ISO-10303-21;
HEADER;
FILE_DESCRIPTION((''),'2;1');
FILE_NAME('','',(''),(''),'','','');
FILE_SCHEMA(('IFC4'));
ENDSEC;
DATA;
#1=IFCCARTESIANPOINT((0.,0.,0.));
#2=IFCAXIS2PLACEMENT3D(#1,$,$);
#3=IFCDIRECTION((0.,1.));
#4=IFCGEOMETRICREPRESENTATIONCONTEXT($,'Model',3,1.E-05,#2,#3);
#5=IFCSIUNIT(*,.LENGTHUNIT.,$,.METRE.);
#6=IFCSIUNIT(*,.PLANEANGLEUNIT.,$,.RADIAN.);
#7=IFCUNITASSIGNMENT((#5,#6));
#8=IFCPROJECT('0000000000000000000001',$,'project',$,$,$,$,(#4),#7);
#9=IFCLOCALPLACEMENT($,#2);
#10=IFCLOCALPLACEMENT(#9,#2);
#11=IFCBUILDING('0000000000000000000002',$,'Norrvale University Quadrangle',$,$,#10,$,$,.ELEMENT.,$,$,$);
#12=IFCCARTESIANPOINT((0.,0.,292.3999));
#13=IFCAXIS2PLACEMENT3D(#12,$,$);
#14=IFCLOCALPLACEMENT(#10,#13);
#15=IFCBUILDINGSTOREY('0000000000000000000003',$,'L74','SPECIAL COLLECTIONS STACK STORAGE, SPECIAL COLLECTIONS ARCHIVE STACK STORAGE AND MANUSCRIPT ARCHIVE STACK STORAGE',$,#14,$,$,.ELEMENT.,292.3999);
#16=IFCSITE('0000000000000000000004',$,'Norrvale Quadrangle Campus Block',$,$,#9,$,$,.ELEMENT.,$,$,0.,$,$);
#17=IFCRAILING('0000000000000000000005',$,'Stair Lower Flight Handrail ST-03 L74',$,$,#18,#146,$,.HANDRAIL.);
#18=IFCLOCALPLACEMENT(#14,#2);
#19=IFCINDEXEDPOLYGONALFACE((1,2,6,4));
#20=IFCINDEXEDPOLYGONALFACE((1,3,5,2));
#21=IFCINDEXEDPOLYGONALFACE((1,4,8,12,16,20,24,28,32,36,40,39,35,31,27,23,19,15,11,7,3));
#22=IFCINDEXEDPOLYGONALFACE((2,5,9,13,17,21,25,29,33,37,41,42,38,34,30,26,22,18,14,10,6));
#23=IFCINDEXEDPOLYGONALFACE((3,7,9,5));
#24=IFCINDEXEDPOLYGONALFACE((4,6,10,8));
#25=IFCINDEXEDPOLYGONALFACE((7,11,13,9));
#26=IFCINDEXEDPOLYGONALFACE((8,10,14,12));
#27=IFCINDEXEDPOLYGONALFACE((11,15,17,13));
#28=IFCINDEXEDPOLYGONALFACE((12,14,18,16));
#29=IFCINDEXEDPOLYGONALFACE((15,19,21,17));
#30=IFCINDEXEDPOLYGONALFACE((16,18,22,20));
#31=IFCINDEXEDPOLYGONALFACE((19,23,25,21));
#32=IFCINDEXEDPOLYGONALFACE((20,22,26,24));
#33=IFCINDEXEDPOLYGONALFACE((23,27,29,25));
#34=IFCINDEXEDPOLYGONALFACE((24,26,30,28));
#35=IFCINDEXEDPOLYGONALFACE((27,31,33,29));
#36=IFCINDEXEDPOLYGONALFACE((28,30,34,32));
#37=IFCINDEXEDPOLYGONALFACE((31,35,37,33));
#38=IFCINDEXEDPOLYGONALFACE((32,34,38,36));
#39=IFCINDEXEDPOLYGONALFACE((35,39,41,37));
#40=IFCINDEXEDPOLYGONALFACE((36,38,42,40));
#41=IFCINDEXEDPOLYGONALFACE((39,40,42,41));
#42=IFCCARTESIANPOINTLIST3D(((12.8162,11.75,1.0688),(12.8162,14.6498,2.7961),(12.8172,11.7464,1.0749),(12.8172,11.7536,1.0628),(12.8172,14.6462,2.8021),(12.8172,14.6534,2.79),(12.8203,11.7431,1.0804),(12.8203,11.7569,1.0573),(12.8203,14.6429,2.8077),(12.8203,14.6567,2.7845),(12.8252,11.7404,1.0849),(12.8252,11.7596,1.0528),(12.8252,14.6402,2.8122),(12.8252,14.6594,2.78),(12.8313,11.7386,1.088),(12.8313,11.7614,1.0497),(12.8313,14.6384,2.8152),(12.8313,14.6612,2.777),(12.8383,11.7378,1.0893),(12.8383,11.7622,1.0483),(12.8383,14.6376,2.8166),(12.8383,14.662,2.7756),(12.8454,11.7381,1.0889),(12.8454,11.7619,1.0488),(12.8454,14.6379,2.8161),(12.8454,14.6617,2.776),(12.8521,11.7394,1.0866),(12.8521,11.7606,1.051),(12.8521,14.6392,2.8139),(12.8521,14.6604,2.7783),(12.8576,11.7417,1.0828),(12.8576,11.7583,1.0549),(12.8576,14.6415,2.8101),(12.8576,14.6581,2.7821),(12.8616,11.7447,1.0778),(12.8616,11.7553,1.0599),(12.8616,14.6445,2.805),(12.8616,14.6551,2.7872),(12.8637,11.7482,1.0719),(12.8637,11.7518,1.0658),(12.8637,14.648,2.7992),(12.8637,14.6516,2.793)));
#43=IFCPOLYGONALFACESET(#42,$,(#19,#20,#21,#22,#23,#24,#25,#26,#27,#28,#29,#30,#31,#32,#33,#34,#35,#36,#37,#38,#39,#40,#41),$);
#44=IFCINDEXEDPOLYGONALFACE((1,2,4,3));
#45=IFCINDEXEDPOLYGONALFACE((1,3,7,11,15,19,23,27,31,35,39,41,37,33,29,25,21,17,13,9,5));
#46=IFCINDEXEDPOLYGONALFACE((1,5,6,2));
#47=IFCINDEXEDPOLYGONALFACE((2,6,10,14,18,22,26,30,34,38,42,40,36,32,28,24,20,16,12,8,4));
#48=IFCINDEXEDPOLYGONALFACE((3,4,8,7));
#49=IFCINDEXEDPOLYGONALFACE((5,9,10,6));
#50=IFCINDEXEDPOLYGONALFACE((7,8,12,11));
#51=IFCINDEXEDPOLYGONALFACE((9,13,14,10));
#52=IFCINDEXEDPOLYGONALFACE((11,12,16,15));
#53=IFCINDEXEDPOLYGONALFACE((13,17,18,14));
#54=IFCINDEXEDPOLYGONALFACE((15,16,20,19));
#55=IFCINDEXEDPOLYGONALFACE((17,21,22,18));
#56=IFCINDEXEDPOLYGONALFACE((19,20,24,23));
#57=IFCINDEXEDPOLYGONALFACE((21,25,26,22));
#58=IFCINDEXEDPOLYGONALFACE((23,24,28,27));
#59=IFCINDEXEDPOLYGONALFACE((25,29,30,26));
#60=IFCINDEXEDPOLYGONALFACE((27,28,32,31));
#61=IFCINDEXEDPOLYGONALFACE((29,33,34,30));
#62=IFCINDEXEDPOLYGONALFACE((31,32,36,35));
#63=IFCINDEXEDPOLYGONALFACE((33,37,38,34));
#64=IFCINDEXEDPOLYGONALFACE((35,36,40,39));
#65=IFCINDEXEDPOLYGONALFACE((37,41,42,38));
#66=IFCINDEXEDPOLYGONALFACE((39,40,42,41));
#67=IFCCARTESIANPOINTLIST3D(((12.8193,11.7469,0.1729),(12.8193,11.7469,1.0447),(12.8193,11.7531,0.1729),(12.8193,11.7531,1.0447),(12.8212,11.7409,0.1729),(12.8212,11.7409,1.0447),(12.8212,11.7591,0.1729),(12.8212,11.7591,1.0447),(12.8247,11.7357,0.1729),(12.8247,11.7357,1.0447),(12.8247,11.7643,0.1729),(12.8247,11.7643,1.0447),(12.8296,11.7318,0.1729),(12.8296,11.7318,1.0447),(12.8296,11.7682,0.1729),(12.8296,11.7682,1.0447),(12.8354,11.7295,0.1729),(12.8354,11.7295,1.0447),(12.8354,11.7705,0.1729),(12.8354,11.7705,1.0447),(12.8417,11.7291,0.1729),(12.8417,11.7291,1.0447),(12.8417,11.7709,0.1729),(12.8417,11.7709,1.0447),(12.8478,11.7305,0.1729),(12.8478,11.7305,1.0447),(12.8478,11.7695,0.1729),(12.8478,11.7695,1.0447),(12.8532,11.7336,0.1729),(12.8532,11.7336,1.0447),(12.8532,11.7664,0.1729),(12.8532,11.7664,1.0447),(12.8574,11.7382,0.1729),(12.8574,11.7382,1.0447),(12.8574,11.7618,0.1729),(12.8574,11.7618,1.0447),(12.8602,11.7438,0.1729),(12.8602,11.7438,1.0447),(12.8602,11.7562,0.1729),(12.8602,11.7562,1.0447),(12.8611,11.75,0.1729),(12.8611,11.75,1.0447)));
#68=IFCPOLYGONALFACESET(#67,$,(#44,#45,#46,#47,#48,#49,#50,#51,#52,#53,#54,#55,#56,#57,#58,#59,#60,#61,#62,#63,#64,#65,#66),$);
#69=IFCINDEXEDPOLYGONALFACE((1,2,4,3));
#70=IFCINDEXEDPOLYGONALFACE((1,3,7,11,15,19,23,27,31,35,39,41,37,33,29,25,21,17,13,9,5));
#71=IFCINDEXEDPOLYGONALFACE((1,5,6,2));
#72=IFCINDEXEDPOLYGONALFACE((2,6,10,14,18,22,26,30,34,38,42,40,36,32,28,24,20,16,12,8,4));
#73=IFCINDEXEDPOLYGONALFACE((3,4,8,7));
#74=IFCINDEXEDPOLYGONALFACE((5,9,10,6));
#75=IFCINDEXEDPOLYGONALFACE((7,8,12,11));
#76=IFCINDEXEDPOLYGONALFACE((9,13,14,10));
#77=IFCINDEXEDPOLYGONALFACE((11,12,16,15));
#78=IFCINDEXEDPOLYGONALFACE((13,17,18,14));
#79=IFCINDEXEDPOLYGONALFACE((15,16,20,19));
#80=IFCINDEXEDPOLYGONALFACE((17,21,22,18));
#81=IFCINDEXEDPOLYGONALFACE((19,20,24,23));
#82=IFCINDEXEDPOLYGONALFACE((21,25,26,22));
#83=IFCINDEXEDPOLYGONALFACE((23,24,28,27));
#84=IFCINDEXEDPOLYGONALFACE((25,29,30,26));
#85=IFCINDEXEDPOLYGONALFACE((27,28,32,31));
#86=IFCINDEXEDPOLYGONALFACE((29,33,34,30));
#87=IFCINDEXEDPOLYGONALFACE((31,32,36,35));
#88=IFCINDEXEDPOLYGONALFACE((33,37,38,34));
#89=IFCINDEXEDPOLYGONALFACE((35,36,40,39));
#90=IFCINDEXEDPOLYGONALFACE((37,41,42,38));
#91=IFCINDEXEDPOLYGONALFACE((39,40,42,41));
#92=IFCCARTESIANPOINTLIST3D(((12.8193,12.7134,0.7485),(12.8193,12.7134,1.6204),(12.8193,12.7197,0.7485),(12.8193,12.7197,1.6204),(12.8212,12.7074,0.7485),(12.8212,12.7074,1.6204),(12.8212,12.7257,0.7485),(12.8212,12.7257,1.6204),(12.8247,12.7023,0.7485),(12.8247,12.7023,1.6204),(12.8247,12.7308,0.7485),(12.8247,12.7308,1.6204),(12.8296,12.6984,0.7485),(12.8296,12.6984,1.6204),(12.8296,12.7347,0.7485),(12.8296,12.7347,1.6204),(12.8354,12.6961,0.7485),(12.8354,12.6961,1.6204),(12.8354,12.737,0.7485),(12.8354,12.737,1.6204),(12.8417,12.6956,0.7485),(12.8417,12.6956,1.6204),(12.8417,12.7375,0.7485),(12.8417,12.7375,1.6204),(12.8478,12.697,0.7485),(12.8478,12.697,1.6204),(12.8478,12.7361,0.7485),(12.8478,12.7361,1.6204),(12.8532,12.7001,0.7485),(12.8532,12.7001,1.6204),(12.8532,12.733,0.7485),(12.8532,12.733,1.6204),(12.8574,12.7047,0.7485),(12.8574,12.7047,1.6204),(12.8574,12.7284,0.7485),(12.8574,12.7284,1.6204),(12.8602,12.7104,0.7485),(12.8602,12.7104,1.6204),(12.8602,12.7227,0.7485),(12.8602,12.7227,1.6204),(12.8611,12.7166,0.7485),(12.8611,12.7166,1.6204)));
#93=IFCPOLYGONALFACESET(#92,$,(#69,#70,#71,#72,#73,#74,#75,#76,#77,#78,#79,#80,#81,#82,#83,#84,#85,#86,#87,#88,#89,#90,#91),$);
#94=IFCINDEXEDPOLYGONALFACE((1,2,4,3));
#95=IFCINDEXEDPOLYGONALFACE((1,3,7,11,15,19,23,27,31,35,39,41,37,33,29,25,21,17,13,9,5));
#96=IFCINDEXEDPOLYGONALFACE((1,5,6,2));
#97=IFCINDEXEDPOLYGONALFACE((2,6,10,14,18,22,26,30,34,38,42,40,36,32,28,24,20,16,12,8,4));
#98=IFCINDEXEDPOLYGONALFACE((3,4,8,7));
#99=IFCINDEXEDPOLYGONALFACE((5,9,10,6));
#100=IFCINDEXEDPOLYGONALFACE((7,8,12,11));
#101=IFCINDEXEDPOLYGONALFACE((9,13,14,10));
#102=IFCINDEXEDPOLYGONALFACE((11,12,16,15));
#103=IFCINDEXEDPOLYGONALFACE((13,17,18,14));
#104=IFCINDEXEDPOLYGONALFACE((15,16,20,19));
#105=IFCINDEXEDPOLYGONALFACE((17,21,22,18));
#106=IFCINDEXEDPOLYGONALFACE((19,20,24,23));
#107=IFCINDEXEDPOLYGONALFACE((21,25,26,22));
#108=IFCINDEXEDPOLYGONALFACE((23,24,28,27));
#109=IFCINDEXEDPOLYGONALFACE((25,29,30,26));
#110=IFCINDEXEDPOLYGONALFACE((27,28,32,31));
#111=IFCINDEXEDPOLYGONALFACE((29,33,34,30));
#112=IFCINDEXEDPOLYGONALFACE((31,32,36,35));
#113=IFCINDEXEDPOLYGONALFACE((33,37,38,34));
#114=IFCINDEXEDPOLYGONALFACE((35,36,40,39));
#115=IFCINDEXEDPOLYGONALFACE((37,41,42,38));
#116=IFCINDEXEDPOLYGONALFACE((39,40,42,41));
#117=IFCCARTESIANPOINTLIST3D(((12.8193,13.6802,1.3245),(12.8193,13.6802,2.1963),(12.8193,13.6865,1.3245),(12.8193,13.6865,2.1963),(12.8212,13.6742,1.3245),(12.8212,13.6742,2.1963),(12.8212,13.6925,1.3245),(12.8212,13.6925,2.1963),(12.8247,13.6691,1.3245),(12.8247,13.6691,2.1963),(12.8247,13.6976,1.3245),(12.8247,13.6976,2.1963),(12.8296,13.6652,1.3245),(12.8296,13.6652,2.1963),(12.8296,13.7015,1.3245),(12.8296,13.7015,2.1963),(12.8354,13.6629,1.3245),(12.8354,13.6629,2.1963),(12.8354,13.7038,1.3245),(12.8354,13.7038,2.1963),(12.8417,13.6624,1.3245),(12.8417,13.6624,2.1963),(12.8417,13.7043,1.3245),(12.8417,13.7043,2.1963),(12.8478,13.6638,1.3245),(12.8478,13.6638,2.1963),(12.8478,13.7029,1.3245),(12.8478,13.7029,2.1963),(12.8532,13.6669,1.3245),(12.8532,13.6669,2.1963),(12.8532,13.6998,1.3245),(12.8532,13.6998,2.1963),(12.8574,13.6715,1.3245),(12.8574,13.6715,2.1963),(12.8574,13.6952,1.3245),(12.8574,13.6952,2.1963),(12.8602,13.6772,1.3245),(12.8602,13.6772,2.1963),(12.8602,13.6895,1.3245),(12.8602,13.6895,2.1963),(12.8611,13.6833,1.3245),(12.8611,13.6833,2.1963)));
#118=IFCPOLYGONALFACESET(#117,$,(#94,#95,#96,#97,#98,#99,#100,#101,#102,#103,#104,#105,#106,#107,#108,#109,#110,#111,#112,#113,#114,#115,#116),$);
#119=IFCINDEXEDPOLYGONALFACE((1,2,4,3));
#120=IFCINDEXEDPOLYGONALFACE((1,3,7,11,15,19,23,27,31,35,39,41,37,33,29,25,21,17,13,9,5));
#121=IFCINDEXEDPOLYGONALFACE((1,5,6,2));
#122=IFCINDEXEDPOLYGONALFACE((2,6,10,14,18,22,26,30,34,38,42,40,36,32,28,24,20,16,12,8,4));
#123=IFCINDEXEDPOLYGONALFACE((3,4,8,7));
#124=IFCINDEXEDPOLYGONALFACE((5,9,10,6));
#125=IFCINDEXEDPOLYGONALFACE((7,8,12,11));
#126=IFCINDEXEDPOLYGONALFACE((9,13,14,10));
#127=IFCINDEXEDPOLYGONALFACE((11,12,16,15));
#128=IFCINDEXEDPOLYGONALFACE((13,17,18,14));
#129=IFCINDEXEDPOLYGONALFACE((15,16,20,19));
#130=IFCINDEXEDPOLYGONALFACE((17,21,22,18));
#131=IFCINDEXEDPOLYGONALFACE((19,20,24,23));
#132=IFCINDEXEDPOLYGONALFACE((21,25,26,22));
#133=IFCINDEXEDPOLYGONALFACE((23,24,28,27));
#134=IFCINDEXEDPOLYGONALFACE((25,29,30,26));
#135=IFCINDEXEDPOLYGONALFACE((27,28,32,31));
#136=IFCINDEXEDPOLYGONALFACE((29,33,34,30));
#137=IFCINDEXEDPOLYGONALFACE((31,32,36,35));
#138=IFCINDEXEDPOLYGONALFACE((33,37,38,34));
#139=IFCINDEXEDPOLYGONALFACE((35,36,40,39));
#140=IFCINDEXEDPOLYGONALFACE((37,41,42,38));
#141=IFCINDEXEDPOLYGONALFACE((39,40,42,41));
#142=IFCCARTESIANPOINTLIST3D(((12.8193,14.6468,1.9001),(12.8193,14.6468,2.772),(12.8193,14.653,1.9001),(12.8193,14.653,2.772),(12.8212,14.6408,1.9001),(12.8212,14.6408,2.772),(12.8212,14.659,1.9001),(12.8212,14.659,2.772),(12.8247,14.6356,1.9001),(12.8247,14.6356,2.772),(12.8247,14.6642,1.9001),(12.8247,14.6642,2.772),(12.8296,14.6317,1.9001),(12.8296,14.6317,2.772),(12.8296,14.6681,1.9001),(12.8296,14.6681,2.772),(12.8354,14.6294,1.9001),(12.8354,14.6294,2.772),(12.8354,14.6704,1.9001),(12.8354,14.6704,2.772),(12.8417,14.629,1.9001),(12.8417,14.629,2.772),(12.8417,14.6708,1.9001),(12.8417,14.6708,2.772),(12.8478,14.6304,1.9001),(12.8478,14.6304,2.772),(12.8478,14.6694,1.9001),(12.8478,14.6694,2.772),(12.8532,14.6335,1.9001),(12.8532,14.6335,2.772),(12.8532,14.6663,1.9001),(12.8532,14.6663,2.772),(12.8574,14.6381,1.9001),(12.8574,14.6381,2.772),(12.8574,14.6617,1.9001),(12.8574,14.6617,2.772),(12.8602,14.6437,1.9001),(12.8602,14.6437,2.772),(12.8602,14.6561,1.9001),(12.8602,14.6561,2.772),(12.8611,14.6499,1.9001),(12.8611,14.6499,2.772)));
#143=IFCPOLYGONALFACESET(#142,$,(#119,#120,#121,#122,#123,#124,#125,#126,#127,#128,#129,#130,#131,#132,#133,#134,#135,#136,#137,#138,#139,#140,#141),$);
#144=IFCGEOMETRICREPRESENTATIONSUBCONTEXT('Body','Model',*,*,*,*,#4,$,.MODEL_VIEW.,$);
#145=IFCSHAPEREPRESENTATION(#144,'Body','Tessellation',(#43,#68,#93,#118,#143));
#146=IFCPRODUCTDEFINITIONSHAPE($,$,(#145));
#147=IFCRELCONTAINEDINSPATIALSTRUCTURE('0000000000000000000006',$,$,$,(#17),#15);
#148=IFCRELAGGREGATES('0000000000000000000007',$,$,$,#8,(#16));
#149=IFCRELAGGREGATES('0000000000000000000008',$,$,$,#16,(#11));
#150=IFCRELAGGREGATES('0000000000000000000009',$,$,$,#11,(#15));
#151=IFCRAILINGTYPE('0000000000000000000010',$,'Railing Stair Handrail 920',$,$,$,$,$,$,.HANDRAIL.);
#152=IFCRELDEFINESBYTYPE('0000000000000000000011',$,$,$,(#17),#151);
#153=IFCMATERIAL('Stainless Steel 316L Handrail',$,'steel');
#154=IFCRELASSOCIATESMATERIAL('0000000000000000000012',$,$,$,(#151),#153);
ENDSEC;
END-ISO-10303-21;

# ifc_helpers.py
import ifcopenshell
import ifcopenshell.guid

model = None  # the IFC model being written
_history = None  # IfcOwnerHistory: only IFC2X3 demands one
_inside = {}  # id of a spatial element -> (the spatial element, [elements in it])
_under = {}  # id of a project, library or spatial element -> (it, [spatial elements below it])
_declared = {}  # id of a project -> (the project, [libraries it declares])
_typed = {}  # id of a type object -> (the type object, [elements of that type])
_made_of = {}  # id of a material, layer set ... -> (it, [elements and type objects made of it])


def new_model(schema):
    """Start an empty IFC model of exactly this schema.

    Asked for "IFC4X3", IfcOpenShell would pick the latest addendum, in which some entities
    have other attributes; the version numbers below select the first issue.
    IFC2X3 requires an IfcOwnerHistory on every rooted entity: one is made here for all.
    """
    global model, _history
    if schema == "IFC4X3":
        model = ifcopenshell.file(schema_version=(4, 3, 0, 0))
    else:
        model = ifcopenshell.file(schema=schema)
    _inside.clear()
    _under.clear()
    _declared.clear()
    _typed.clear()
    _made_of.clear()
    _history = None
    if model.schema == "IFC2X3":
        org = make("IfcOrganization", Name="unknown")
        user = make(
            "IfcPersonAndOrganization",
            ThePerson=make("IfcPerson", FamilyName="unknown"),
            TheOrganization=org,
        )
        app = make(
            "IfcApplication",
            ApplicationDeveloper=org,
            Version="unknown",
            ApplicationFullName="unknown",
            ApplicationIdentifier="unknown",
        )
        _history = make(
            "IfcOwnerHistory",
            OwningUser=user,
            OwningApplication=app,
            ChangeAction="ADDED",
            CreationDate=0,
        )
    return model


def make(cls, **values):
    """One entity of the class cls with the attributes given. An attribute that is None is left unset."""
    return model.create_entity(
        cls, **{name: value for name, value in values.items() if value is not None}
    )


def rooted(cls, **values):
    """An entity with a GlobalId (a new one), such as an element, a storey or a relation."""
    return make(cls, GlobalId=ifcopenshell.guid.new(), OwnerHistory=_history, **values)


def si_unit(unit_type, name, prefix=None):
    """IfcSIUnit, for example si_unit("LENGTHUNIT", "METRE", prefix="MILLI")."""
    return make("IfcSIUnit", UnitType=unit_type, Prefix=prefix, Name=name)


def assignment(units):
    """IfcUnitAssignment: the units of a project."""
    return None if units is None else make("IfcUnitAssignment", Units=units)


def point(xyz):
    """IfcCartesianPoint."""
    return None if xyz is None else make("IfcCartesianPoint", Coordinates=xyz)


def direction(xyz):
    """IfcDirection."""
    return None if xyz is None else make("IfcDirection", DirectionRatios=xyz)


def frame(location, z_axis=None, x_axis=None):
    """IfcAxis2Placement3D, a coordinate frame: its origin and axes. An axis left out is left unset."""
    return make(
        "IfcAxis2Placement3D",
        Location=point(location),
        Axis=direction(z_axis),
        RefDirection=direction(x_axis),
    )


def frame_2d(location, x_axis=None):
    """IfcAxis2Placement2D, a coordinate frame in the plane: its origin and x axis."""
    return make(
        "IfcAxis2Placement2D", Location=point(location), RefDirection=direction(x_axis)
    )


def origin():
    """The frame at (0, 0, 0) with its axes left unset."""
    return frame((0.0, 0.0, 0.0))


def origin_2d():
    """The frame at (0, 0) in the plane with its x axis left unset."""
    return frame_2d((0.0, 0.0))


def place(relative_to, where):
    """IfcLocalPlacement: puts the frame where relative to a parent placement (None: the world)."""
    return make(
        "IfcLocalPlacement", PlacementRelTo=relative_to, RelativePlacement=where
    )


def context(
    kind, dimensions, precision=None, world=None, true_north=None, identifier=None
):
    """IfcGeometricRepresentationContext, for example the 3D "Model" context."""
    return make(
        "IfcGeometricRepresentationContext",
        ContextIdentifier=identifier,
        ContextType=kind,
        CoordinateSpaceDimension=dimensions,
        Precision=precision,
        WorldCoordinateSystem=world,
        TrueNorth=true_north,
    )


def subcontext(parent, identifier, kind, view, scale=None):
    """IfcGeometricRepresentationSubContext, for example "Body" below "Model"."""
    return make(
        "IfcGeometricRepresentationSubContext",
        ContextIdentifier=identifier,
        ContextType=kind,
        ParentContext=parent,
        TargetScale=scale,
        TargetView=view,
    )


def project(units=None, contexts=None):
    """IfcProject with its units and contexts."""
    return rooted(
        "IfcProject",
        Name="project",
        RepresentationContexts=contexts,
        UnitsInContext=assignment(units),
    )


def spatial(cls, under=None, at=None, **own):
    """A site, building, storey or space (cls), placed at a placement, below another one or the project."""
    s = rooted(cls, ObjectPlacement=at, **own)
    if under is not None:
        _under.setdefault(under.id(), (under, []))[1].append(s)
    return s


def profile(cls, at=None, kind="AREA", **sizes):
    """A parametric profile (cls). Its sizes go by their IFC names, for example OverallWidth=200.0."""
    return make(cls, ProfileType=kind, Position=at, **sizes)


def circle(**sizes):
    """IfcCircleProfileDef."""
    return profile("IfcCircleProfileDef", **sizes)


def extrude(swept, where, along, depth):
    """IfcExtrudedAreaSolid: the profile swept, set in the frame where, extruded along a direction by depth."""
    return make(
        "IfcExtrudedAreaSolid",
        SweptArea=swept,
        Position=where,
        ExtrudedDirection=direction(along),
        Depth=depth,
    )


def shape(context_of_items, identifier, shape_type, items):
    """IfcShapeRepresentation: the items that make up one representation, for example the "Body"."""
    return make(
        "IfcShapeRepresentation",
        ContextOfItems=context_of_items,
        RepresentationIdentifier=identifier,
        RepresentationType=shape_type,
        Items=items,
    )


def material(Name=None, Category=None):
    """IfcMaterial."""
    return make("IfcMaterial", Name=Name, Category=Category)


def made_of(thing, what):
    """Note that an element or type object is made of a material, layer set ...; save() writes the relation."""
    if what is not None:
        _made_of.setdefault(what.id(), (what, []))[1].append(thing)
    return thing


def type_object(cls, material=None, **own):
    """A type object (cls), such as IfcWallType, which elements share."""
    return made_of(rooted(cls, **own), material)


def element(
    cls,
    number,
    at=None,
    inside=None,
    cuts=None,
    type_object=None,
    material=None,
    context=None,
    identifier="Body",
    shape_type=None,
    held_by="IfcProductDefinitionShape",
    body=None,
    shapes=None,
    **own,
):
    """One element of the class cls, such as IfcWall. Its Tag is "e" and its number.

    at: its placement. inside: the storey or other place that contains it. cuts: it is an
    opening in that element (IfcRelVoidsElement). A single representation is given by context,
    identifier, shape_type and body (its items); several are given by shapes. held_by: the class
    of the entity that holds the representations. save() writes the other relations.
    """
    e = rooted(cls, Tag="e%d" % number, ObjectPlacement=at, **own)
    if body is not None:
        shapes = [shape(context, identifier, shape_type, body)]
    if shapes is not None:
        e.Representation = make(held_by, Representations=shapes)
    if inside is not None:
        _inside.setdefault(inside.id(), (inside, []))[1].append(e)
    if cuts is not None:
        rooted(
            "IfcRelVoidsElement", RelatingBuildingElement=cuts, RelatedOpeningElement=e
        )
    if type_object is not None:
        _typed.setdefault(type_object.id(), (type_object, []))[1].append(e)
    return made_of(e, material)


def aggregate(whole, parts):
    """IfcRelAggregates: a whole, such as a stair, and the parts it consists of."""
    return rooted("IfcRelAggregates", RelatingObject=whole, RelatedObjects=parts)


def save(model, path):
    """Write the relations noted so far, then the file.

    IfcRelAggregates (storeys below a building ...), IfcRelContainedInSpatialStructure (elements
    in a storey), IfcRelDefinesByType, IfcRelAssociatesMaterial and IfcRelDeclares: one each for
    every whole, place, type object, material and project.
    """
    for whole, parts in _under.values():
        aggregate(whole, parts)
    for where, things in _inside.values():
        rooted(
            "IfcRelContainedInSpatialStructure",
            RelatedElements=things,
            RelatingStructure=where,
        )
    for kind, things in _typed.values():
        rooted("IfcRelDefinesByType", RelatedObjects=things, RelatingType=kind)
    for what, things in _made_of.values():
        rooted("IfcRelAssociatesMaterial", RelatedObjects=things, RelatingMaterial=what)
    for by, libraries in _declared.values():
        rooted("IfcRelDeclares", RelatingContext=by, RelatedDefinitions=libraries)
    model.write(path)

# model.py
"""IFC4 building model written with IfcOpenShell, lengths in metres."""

from ifc_helpers import new_model, si_unit, direction, frame, origin, origin_2d, place, context, subcontext, project, spatial, circle, extrude, material, type_object, element, save


model = new_model("IFC4")

# Units and contexts
model_context = context("Model", 3, precision=1e-05, world=origin(), true_north=direction((0.0, 1.0)))
body_context = subcontext(model_context, "Body", "Model", "MODEL_VIEW")
ifc_project = project(units=[si_unit("LENGTHUNIT", "METRE"), si_unit("PLANEANGLEUNIT", "RADIAN")], contexts=[model_context])

# Site, building, storey
site_placement = place(None, origin())
site = spatial("IfcSite", under=ifc_project, at=site_placement, Name="Norrvale Quadrangle Campus Block", CompositionType="ELEMENT", RefElevation=0.0)
building_placement = place(site_placement, origin())
building = spatial("IfcBuilding", under=site, at=building_placement, Name="Norrvale University Quadrangle", CompositionType="ELEMENT")
storey_placement = place(building_placement, frame((0.0, 0.0, 292.3999)))
storey = spatial("IfcBuildingStorey", under=building, at=storey_placement, Name="L74", Description="SPECIAL COLLECTIONS STACK STORAGE, SPECIAL COLLECTIONS ARCHIVE STACK STORAGE AND MANUSCRIPT ARCHIVE STACK STORAGE", CompositionType="ELEMENT", Elevation=292.3999)

# Railing
ifc_material_1 = material(Name="Stainless Steel 316L Handrail", Category="steel")
railing_type_1 = type_object("IfcRailingType", Name="Railing Stair Handrail 920", PredefinedType="HANDRAIL", material=ifc_material_1)
railing_1_placement = place(storey_placement, frame((12.8401, 11.75, 0.1729)))
element("IfcRailing", 1, at=railing_1_placement, inside=storey, type_object=railing_type_1, Name="Stair Lower Flight Handrail ST-03 L74", PredefinedType="HANDRAIL", context=body_context, shape_type="SweptSolid", body=[
    extrude(circle(Radius=0.0239, at=origin_2d()), frame((0.0, 0.0, 0.896), z_axis=(0.0, 0.859141, 0.511738), x_axis=(-1.0, 0.0, 0.0)), (0.0, 0.0, 1.0), 3.3752),
    extrude(circle(Radius=0.021, at=origin_2d()), origin(), (0.0, 0.0, 1.0), 0.8718),
    extrude(circle(Radius=0.021, at=origin_2d()), frame((0.0, 0.9666, 0.5757)), (0.0, 0.0, 1.0), 0.8718),
    extrude(circle(Radius=0.021, at=origin_2d()), frame((0.0, 1.9333, 1.1516)), (0.0, 0.0, 1.0), 0.8718),
    extrude(circle(Radius=0.021, at=origin_2d()), frame((0.0, 2.8999, 1.7273)), (0.0, 0.0, 1.0), 0.8718),
])

save(model, "model.ifc")
